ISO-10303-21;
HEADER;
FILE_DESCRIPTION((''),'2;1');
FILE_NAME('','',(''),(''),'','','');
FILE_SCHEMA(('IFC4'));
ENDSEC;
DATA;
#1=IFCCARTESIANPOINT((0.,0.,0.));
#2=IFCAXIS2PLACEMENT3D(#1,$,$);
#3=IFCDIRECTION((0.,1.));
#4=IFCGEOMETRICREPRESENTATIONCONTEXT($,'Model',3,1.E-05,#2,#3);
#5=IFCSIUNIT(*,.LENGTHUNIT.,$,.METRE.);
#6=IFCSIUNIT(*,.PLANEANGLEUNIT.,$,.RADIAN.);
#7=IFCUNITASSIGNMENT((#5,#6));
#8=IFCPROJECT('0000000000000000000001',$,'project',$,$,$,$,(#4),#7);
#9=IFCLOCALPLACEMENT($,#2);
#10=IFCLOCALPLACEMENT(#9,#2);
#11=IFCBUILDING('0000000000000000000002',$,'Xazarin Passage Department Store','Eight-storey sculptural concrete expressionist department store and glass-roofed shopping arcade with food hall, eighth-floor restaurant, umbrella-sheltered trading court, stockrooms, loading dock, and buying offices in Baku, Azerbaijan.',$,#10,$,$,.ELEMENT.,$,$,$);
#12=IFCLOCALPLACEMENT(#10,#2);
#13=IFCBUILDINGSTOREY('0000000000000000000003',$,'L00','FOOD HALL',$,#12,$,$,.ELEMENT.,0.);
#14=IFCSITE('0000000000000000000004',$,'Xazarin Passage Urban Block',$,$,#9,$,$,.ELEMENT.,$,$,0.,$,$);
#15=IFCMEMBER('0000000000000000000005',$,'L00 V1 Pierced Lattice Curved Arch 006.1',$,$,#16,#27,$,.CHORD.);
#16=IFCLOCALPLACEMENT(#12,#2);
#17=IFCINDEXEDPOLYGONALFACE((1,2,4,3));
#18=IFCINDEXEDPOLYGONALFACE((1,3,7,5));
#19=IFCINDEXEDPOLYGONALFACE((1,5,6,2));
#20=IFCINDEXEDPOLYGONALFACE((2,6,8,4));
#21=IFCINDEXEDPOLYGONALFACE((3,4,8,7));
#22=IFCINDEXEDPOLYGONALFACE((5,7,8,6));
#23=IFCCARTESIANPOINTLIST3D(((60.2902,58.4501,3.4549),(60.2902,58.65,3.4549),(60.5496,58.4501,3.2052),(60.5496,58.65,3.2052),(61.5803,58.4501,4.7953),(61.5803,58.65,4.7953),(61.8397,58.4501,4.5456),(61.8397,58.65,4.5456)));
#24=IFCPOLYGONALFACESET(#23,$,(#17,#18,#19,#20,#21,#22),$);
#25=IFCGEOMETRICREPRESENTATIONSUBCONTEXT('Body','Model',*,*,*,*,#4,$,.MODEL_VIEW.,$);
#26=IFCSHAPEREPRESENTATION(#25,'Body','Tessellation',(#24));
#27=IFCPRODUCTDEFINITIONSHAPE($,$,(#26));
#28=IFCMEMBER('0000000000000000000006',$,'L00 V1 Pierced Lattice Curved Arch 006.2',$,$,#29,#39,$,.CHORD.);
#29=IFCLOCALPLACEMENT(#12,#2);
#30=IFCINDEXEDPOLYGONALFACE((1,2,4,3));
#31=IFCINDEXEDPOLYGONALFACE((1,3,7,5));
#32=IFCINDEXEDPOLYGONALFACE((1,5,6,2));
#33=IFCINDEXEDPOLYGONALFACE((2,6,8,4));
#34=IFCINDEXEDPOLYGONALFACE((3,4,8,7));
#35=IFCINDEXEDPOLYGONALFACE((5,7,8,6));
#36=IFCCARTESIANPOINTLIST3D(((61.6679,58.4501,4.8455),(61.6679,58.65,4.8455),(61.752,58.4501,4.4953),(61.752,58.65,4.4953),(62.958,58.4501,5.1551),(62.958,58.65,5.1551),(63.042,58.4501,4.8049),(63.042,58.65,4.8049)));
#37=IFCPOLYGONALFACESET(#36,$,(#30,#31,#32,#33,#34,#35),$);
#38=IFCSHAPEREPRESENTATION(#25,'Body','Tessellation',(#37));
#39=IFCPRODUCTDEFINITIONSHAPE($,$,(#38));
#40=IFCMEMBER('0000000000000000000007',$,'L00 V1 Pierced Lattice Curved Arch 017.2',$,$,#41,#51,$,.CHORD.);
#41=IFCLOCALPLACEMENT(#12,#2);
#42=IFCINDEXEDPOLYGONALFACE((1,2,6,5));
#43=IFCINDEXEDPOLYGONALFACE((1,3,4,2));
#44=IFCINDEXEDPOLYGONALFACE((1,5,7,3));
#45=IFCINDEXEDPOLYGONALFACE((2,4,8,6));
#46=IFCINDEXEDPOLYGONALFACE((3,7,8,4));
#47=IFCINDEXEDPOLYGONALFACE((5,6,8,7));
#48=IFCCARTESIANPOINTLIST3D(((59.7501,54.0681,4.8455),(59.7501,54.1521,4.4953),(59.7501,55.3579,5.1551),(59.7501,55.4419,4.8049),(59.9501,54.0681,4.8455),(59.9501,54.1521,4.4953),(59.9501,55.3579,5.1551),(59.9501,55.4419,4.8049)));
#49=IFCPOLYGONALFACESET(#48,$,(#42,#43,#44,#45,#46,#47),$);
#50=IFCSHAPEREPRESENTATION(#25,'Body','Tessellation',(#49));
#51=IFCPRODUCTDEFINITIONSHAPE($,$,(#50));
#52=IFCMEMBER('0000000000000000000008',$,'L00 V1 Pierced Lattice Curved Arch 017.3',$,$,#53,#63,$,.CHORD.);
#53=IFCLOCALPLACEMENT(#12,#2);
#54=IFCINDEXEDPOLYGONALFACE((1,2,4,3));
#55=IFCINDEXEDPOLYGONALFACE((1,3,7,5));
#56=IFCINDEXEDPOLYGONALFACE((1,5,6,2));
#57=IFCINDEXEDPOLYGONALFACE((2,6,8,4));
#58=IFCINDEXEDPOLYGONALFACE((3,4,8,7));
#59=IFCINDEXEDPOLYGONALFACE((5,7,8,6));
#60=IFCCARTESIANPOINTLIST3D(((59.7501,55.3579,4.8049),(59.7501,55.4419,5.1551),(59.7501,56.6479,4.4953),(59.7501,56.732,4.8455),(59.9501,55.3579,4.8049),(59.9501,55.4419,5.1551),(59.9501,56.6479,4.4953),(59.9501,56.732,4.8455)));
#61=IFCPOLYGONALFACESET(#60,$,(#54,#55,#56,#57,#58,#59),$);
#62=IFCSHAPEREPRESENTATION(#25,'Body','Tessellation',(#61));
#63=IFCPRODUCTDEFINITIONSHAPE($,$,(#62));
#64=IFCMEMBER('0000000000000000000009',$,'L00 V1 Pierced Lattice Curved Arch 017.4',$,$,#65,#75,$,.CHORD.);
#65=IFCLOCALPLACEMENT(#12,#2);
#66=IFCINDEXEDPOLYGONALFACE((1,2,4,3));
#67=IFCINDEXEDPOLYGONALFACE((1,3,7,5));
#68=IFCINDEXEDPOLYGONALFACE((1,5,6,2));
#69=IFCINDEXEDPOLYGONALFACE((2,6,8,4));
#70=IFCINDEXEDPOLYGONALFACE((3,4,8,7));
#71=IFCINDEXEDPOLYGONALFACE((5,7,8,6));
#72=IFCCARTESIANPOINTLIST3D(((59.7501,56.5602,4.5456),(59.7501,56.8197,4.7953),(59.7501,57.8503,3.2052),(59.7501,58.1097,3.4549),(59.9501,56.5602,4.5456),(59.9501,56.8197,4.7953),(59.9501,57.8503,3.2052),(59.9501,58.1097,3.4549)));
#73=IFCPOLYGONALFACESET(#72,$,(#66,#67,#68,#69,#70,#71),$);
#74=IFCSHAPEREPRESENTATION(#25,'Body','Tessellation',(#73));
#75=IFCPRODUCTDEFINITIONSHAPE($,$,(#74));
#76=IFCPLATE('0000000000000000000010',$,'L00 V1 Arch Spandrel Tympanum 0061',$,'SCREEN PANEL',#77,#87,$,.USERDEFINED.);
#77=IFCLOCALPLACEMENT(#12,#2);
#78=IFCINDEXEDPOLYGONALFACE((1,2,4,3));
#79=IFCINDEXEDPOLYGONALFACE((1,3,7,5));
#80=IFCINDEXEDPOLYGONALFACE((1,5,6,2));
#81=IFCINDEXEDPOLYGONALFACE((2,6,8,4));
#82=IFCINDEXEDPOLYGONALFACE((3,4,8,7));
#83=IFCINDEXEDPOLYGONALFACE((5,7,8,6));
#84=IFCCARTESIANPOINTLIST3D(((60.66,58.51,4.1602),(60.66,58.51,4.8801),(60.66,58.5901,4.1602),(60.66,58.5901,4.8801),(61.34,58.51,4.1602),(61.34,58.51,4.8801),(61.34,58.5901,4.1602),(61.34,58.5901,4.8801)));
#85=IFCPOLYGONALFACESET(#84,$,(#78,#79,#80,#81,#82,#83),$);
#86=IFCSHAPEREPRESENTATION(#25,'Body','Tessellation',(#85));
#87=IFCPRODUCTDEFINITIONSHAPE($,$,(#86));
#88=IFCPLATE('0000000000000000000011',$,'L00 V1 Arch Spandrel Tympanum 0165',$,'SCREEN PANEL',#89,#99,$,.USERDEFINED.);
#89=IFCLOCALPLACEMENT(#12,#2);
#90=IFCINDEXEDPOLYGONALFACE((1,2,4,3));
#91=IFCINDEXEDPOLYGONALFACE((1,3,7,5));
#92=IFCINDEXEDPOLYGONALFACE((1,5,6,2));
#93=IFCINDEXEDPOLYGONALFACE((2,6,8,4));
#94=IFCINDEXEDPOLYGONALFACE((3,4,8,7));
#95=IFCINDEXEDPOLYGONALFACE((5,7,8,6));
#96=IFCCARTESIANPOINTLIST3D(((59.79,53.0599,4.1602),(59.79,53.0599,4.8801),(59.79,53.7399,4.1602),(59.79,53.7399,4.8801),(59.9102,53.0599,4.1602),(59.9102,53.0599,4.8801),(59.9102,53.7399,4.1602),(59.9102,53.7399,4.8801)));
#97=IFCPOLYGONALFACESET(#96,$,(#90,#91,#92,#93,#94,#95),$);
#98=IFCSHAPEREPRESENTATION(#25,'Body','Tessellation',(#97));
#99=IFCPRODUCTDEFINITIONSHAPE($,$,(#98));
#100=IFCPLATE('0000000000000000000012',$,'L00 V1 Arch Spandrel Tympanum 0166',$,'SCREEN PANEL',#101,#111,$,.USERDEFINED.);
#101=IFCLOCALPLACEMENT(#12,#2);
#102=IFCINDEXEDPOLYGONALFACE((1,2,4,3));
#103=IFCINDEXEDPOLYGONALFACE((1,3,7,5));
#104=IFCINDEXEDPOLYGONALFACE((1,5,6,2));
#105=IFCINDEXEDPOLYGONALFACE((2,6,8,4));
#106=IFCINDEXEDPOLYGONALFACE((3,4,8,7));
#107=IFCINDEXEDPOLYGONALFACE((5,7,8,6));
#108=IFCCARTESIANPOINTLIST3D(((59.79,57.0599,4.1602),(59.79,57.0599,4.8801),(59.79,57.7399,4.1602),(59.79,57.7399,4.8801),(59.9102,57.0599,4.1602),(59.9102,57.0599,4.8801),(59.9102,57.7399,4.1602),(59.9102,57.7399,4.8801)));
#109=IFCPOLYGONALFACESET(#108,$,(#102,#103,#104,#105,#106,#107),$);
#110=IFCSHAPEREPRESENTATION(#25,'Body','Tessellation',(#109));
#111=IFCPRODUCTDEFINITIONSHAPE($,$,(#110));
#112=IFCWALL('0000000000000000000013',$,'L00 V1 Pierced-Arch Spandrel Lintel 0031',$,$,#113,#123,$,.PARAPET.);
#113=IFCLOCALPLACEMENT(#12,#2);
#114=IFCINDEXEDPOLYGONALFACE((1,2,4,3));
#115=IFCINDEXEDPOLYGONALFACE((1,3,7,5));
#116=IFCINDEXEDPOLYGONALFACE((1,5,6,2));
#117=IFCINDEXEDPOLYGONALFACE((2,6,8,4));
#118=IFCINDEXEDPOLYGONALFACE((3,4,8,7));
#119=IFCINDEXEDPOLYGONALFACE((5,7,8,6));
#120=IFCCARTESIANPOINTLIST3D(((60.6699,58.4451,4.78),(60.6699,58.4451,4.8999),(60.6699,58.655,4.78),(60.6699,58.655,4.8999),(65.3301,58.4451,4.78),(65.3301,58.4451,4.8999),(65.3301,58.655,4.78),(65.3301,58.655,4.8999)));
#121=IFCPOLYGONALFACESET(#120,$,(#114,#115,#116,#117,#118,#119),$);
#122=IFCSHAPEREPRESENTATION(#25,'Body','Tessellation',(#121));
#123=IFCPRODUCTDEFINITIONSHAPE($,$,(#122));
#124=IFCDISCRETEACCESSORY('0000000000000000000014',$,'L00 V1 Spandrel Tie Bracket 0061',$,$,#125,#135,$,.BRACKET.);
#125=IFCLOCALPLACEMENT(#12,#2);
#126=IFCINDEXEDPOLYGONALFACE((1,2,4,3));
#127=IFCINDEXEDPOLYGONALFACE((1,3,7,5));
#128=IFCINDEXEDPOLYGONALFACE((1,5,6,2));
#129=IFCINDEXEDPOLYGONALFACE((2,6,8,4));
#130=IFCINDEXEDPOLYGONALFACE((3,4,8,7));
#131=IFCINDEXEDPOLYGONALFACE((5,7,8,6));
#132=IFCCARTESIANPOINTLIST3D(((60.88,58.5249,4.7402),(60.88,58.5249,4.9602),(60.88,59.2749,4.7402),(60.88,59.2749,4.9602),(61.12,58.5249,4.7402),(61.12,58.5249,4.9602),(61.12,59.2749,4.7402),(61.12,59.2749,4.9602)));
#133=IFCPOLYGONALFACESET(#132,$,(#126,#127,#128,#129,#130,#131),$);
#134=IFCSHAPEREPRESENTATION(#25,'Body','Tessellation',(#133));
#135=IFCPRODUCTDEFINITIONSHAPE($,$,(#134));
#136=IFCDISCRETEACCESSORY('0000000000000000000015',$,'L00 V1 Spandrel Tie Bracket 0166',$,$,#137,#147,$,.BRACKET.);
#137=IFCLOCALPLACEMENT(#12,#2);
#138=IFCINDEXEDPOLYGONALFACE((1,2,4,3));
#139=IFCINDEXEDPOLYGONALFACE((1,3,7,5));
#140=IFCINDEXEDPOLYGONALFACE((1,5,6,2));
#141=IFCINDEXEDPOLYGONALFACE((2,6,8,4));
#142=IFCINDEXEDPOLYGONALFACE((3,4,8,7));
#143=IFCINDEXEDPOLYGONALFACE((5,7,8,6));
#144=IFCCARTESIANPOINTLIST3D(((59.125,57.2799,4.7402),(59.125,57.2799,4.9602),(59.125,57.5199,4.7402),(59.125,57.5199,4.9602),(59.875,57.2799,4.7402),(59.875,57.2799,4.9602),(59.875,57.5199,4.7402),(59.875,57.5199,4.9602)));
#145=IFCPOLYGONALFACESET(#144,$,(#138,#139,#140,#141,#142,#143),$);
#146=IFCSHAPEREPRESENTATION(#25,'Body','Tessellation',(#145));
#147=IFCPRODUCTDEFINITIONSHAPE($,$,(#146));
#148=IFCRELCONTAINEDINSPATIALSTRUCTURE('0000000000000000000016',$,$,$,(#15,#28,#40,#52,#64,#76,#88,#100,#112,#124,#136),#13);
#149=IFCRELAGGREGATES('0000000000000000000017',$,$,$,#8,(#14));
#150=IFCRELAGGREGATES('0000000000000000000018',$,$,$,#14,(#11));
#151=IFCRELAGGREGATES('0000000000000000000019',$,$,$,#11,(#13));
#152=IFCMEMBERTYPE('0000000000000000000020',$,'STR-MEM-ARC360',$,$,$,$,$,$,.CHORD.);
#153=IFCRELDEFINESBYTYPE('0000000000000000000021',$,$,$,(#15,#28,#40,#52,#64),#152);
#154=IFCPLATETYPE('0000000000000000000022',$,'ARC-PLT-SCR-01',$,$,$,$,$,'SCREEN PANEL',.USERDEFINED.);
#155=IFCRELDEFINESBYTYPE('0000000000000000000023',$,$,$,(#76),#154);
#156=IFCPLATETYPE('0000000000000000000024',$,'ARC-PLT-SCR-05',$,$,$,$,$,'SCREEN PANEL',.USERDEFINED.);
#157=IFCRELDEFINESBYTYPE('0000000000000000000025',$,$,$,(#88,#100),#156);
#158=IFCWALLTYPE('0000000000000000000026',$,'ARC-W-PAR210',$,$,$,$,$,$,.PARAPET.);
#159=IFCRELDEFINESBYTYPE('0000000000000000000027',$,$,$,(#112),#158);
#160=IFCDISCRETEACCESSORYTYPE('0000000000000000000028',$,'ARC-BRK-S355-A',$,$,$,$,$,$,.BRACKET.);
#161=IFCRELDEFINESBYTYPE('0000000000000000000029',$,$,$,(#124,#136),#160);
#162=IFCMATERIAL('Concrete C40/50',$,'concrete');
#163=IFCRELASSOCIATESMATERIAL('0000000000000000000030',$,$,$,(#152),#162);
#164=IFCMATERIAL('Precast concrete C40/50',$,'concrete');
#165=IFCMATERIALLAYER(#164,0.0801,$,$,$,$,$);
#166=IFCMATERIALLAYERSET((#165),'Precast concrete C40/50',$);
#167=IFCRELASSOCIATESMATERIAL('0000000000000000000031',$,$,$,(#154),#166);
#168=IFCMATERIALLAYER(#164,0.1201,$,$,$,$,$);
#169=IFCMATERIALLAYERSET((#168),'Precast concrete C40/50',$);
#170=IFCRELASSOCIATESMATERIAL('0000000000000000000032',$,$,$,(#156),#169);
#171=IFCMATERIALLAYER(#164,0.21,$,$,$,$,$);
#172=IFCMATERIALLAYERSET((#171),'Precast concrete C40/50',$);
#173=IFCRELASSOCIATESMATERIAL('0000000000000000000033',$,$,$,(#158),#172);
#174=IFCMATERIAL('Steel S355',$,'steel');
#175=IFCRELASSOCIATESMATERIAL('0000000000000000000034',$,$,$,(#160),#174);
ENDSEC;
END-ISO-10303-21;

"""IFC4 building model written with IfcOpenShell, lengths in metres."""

from ifc_helpers import new_model, si_unit, direction, frame, frame_2d, origin, origin_2d, place, context, subcontext, project, spatial, rectangle, extrude, material, layer, layer_set, material_profile, profile_set, type_object, element, save


model = new_model("IFC4")

# Units and contexts
model_context = context("Model", 3, precision=1e-05, world=origin(), true_north=direction((0.0, 1.0)))
body_context = subcontext(model_context, "Body", "Model", "MODEL_VIEW")
ifc_project = project(units=[si_unit("LENGTHUNIT", "METRE"), si_unit("PLANEANGLEUNIT", "RADIAN")], contexts=[model_context])

# Site, building, storey
site_placement = place(None, origin())
site = spatial("IfcSite", under=ifc_project, at=site_placement, Name="Xazarin Passage Urban Block", CompositionType="ELEMENT", RefElevation=0.0)
building_placement = place(site_placement, origin())
building = spatial("IfcBuilding", under=site, at=building_placement, Name="Xazarin Passage Department Store", Description="Eight-storey sculptural concrete expressionist department store and glass-roofed shopping arcade with food hall, eighth-floor restaurant, umbrella-sheltered trading court, stockrooms, loading dock, and buying offices in Baku, Azerbaijan.", CompositionType="ELEMENT")
storey_placement = place(building_placement, origin())
storey = spatial("IfcBuildingStorey", under=building, at=storey_placement, Name="L00", Description="FOOD HALL", CompositionType="ELEMENT", Elevation=0.0)

# Shared definitions
ifc_material_1 = material(Name="Concrete C40/50", Category="concrete")

# Members
ifc_material_profile_1 = material_profile(ifc_material_1, rectangle(XDim=0.2, YDim=0.3601, at=origin_2d()), Name="RC 200x360")
ifc_profile_set_1 = profile_set([ifc_material_profile_1], Name="Concrete C40/50")
member_type_1 = type_object("IfcMemberType", Name="STR-MEM-ARC360", PredefinedType="CHORD", material=ifc_profile_set_1)
member_1_placement = place(storey_placement, frame((60.4199, 58.55, 3.3301), z_axis=(0.69346, 0.0, 0.720495), x_axis=(0.0, 1.0, 0.0)))
element("IfcMember", 1, at=member_1_placement, inside=storey, type_object=member_type_1, Name="L00 V1 Pierced Lattice Curved Arch 006.1", PredefinedType="CHORD", context=body_context, shape_type="SweptSolid", body=[
    extrude(rectangle(XDim=0.2, YDim=0.3601, at=origin_2d()), origin(), (0.0, 0.0, 1.0), 1.8604),
])
member_2_placement = place(storey_placement, frame((61.71, 58.55, 4.6704), z_axis=(0.972394, 0.0, 0.233345), x_axis=(0.0, 1.0, 0.0)))
element("IfcMember", 2, at=member_2_placement, inside=storey, type_object=member_type_1, Name="L00 V1 Pierced Lattice Curved Arch 006.2", PredefinedType="CHORD", context=body_context, shape_type="SweptSolid", body=[
    extrude(rectangle(XDim=0.2, YDim=0.3601, at=origin_2d()), origin(), (0.0, 0.0, 1.0), 1.3267),
])
member_3_placement = place(storey_placement, frame((59.8501, 54.1101, 4.6704), z_axis=(0.0, 0.972384, 0.233387), x_axis=(-1.0, 0.0, 0.0)))
element("IfcMember", 3, at=member_3_placement, inside=storey, type_object=member_type_1, Name="L00 V1 Pierced Lattice Curved Arch 017.2", PredefinedType="CHORD", context=body_context, shape_type="SweptSolid", body=[
    extrude(rectangle(XDim=0.2, YDim=0.3601, at=origin_2d()), origin(), (0.0, 0.0, 1.0), 1.3264),
])
member_4_placement = place(storey_placement, frame((59.8501, 55.3999, 4.98), z_axis=(0.0, 0.972394, -0.233345), x_axis=(-1.0, 0.0, 0.0)))
element("IfcMember", 4, at=member_4_placement, inside=storey, type_object=member_type_1, Name="L00 V1 Pierced Lattice Curved Arch 017.3", PredefinedType="CHORD", context=body_context, shape_type="SweptSolid", body=[
    extrude(rectangle(XDim=0.2, YDim=0.3601, at=origin_2d()), origin(), (0.0, 0.0, 1.0), 1.3267),
])
member_5_placement = place(storey_placement, frame((59.8501, 56.6899, 4.6704), z_axis=(0.0, 0.69346, -0.720495), x_axis=(-1.0, 0.0, 0.0)))
element("IfcMember", 5, at=member_5_placement, inside=storey, type_object=member_type_1, Name="L00 V1 Pierced Lattice Curved Arch 017.4", PredefinedType="CHORD", context=body_context, shape_type="SweptSolid", body=[
    extrude(rectangle(XDim=0.2, YDim=0.3601, at=origin_2d()), origin(), (0.0, 0.0, 1.0), 1.8604),
])

# Plates
ifc_material_2 = material(Name="Precast concrete C40/50", Category="concrete")
ifc_layer_1 = layer(ifc_material_2, 0.0801)
ifc_layer_set_1 = layer_set([ifc_layer_1], Name="Precast concrete C40/50")
plate_type_1 = type_object("IfcPlateType", Name="ARC-PLT-SCR-01", ElementType="SCREEN PANEL", PredefinedType="USERDEFINED", material=ifc_layer_set_1)
plate_placement = place(storey_placement, frame((61.0, 58.55, 4.1602), z_axis=(0.0, 0.0, 1.0), x_axis=(1.0, 0.0, 0.0)))
element("IfcPlate", 6, at=plate_placement, inside=storey, type_object=plate_type_1, Name="L00 V1 Arch Spandrel Tympanum 0061", ObjectType="SCREEN PANEL", PredefinedType="USERDEFINED", context=body_context, shape_type="SweptSolid", body=[
    extrude(rectangle(XDim=0.6799, YDim=0.0801, at=origin_2d()), origin(), (0.0, 0.0, 1.0), 0.72),
])
ifc_layer_2 = layer(ifc_material_2, 0.1201)
ifc_layer_set_2 = layer_set([ifc_layer_2], Name="Precast concrete C40/50")
plate_type_2 = type_object("IfcPlateType", Name="ARC-PLT-SCR-05", ElementType="SCREEN PANEL", PredefinedType="USERDEFINED", material=ifc_layer_set_2)
for number, where, z_axis, x_axis, name in (
    (7, (59.8501, 53.3999, 4.1602), (0.0, 0.0, 1.0), (0.0, 1.0, 0.0), "L00 V1 Arch Spandrel Tympanum 0165"),
    (8, (59.8501, 57.3999, 4.1602), (0.0, 0.0, 1.0), (0.0, 1.0, 0.0), "L00 V1 Arch Spandrel Tympanum 0166"),
):
    element("IfcPlate", number, at=place(storey_placement, frame(where, z_axis=z_axis, x_axis=x_axis)), inside=storey, type_object=plate_type_2, Name=name, ObjectType="SCREEN PANEL", PredefinedType="USERDEFINED", context=body_context, shape_type="SweptSolid", body=[
        extrude(rectangle(XDim=0.6799, YDim=0.1201, at=origin_2d()), origin(), (0.0, 0.0, 1.0), 0.72),
    ])

# Wall
ifc_layer_3 = layer(ifc_material_2, 0.21)
ifc_layer_set_3 = layer_set([ifc_layer_3], Name="Precast concrete C40/50")
wall_type = type_object("IfcWallType", Name="ARC-W-PAR210", PredefinedType="PARAPET", material=ifc_layer_set_3)
wall_placement = place(storey_placement, frame((60.6699, 58.55, 4.78), z_axis=(0.0, 0.0, 1.0), x_axis=(1.0, 0.0, 0.0)))
element("IfcWall", 9, at=wall_placement, inside=storey, type_object=wall_type, Name="L00 V1 Pierced-Arch Spandrel Lintel 0031", PredefinedType="PARAPET", context=body_context, shape_type="SweptSolid", body=[
    extrude(rectangle(XDim=4.6602, YDim=0.21, at=frame_2d((2.3301, 0.0))), origin(), (0.0, 0.0, 1.0), 0.1199),
])

# Discrete accessories
ifc_material_3 = material(Name="Steel S355", Category="steel")
discrete_accessory_type = type_object("IfcDiscreteAccessoryType", Name="ARC-BRK-S355-A", PredefinedType="BRACKET", material=ifc_material_3)
for number, where, z_axis, x_axis, name in (
    (10, (61.0, 58.8999, 4.7402), (0.0, 0.0, 1.0), (1.0, 0.0, 0.0), "L00 V1 Spandrel Tie Bracket 0061"),
    (11, (59.5, 57.3999, 4.7402), (0.0, 0.0, 1.0), (0.0, 1.0, 0.0), "L00 V1 Spandrel Tie Bracket 0166"),
):
    element("IfcDiscreteAccessory", number, at=place(storey_placement, frame(where, z_axis=z_axis, x_axis=x_axis)), inside=storey, type_object=discrete_accessory_type, Name=name, PredefinedType="BRACKET", context=body_context, shape_type="SweptSolid", body=[
        extrude(rectangle(XDim=0.24, YDim=0.75, at=origin_2d()), origin(), (0.0, 0.0, 1.0), 0.22),
    ])

save(model, "model.ifc")
